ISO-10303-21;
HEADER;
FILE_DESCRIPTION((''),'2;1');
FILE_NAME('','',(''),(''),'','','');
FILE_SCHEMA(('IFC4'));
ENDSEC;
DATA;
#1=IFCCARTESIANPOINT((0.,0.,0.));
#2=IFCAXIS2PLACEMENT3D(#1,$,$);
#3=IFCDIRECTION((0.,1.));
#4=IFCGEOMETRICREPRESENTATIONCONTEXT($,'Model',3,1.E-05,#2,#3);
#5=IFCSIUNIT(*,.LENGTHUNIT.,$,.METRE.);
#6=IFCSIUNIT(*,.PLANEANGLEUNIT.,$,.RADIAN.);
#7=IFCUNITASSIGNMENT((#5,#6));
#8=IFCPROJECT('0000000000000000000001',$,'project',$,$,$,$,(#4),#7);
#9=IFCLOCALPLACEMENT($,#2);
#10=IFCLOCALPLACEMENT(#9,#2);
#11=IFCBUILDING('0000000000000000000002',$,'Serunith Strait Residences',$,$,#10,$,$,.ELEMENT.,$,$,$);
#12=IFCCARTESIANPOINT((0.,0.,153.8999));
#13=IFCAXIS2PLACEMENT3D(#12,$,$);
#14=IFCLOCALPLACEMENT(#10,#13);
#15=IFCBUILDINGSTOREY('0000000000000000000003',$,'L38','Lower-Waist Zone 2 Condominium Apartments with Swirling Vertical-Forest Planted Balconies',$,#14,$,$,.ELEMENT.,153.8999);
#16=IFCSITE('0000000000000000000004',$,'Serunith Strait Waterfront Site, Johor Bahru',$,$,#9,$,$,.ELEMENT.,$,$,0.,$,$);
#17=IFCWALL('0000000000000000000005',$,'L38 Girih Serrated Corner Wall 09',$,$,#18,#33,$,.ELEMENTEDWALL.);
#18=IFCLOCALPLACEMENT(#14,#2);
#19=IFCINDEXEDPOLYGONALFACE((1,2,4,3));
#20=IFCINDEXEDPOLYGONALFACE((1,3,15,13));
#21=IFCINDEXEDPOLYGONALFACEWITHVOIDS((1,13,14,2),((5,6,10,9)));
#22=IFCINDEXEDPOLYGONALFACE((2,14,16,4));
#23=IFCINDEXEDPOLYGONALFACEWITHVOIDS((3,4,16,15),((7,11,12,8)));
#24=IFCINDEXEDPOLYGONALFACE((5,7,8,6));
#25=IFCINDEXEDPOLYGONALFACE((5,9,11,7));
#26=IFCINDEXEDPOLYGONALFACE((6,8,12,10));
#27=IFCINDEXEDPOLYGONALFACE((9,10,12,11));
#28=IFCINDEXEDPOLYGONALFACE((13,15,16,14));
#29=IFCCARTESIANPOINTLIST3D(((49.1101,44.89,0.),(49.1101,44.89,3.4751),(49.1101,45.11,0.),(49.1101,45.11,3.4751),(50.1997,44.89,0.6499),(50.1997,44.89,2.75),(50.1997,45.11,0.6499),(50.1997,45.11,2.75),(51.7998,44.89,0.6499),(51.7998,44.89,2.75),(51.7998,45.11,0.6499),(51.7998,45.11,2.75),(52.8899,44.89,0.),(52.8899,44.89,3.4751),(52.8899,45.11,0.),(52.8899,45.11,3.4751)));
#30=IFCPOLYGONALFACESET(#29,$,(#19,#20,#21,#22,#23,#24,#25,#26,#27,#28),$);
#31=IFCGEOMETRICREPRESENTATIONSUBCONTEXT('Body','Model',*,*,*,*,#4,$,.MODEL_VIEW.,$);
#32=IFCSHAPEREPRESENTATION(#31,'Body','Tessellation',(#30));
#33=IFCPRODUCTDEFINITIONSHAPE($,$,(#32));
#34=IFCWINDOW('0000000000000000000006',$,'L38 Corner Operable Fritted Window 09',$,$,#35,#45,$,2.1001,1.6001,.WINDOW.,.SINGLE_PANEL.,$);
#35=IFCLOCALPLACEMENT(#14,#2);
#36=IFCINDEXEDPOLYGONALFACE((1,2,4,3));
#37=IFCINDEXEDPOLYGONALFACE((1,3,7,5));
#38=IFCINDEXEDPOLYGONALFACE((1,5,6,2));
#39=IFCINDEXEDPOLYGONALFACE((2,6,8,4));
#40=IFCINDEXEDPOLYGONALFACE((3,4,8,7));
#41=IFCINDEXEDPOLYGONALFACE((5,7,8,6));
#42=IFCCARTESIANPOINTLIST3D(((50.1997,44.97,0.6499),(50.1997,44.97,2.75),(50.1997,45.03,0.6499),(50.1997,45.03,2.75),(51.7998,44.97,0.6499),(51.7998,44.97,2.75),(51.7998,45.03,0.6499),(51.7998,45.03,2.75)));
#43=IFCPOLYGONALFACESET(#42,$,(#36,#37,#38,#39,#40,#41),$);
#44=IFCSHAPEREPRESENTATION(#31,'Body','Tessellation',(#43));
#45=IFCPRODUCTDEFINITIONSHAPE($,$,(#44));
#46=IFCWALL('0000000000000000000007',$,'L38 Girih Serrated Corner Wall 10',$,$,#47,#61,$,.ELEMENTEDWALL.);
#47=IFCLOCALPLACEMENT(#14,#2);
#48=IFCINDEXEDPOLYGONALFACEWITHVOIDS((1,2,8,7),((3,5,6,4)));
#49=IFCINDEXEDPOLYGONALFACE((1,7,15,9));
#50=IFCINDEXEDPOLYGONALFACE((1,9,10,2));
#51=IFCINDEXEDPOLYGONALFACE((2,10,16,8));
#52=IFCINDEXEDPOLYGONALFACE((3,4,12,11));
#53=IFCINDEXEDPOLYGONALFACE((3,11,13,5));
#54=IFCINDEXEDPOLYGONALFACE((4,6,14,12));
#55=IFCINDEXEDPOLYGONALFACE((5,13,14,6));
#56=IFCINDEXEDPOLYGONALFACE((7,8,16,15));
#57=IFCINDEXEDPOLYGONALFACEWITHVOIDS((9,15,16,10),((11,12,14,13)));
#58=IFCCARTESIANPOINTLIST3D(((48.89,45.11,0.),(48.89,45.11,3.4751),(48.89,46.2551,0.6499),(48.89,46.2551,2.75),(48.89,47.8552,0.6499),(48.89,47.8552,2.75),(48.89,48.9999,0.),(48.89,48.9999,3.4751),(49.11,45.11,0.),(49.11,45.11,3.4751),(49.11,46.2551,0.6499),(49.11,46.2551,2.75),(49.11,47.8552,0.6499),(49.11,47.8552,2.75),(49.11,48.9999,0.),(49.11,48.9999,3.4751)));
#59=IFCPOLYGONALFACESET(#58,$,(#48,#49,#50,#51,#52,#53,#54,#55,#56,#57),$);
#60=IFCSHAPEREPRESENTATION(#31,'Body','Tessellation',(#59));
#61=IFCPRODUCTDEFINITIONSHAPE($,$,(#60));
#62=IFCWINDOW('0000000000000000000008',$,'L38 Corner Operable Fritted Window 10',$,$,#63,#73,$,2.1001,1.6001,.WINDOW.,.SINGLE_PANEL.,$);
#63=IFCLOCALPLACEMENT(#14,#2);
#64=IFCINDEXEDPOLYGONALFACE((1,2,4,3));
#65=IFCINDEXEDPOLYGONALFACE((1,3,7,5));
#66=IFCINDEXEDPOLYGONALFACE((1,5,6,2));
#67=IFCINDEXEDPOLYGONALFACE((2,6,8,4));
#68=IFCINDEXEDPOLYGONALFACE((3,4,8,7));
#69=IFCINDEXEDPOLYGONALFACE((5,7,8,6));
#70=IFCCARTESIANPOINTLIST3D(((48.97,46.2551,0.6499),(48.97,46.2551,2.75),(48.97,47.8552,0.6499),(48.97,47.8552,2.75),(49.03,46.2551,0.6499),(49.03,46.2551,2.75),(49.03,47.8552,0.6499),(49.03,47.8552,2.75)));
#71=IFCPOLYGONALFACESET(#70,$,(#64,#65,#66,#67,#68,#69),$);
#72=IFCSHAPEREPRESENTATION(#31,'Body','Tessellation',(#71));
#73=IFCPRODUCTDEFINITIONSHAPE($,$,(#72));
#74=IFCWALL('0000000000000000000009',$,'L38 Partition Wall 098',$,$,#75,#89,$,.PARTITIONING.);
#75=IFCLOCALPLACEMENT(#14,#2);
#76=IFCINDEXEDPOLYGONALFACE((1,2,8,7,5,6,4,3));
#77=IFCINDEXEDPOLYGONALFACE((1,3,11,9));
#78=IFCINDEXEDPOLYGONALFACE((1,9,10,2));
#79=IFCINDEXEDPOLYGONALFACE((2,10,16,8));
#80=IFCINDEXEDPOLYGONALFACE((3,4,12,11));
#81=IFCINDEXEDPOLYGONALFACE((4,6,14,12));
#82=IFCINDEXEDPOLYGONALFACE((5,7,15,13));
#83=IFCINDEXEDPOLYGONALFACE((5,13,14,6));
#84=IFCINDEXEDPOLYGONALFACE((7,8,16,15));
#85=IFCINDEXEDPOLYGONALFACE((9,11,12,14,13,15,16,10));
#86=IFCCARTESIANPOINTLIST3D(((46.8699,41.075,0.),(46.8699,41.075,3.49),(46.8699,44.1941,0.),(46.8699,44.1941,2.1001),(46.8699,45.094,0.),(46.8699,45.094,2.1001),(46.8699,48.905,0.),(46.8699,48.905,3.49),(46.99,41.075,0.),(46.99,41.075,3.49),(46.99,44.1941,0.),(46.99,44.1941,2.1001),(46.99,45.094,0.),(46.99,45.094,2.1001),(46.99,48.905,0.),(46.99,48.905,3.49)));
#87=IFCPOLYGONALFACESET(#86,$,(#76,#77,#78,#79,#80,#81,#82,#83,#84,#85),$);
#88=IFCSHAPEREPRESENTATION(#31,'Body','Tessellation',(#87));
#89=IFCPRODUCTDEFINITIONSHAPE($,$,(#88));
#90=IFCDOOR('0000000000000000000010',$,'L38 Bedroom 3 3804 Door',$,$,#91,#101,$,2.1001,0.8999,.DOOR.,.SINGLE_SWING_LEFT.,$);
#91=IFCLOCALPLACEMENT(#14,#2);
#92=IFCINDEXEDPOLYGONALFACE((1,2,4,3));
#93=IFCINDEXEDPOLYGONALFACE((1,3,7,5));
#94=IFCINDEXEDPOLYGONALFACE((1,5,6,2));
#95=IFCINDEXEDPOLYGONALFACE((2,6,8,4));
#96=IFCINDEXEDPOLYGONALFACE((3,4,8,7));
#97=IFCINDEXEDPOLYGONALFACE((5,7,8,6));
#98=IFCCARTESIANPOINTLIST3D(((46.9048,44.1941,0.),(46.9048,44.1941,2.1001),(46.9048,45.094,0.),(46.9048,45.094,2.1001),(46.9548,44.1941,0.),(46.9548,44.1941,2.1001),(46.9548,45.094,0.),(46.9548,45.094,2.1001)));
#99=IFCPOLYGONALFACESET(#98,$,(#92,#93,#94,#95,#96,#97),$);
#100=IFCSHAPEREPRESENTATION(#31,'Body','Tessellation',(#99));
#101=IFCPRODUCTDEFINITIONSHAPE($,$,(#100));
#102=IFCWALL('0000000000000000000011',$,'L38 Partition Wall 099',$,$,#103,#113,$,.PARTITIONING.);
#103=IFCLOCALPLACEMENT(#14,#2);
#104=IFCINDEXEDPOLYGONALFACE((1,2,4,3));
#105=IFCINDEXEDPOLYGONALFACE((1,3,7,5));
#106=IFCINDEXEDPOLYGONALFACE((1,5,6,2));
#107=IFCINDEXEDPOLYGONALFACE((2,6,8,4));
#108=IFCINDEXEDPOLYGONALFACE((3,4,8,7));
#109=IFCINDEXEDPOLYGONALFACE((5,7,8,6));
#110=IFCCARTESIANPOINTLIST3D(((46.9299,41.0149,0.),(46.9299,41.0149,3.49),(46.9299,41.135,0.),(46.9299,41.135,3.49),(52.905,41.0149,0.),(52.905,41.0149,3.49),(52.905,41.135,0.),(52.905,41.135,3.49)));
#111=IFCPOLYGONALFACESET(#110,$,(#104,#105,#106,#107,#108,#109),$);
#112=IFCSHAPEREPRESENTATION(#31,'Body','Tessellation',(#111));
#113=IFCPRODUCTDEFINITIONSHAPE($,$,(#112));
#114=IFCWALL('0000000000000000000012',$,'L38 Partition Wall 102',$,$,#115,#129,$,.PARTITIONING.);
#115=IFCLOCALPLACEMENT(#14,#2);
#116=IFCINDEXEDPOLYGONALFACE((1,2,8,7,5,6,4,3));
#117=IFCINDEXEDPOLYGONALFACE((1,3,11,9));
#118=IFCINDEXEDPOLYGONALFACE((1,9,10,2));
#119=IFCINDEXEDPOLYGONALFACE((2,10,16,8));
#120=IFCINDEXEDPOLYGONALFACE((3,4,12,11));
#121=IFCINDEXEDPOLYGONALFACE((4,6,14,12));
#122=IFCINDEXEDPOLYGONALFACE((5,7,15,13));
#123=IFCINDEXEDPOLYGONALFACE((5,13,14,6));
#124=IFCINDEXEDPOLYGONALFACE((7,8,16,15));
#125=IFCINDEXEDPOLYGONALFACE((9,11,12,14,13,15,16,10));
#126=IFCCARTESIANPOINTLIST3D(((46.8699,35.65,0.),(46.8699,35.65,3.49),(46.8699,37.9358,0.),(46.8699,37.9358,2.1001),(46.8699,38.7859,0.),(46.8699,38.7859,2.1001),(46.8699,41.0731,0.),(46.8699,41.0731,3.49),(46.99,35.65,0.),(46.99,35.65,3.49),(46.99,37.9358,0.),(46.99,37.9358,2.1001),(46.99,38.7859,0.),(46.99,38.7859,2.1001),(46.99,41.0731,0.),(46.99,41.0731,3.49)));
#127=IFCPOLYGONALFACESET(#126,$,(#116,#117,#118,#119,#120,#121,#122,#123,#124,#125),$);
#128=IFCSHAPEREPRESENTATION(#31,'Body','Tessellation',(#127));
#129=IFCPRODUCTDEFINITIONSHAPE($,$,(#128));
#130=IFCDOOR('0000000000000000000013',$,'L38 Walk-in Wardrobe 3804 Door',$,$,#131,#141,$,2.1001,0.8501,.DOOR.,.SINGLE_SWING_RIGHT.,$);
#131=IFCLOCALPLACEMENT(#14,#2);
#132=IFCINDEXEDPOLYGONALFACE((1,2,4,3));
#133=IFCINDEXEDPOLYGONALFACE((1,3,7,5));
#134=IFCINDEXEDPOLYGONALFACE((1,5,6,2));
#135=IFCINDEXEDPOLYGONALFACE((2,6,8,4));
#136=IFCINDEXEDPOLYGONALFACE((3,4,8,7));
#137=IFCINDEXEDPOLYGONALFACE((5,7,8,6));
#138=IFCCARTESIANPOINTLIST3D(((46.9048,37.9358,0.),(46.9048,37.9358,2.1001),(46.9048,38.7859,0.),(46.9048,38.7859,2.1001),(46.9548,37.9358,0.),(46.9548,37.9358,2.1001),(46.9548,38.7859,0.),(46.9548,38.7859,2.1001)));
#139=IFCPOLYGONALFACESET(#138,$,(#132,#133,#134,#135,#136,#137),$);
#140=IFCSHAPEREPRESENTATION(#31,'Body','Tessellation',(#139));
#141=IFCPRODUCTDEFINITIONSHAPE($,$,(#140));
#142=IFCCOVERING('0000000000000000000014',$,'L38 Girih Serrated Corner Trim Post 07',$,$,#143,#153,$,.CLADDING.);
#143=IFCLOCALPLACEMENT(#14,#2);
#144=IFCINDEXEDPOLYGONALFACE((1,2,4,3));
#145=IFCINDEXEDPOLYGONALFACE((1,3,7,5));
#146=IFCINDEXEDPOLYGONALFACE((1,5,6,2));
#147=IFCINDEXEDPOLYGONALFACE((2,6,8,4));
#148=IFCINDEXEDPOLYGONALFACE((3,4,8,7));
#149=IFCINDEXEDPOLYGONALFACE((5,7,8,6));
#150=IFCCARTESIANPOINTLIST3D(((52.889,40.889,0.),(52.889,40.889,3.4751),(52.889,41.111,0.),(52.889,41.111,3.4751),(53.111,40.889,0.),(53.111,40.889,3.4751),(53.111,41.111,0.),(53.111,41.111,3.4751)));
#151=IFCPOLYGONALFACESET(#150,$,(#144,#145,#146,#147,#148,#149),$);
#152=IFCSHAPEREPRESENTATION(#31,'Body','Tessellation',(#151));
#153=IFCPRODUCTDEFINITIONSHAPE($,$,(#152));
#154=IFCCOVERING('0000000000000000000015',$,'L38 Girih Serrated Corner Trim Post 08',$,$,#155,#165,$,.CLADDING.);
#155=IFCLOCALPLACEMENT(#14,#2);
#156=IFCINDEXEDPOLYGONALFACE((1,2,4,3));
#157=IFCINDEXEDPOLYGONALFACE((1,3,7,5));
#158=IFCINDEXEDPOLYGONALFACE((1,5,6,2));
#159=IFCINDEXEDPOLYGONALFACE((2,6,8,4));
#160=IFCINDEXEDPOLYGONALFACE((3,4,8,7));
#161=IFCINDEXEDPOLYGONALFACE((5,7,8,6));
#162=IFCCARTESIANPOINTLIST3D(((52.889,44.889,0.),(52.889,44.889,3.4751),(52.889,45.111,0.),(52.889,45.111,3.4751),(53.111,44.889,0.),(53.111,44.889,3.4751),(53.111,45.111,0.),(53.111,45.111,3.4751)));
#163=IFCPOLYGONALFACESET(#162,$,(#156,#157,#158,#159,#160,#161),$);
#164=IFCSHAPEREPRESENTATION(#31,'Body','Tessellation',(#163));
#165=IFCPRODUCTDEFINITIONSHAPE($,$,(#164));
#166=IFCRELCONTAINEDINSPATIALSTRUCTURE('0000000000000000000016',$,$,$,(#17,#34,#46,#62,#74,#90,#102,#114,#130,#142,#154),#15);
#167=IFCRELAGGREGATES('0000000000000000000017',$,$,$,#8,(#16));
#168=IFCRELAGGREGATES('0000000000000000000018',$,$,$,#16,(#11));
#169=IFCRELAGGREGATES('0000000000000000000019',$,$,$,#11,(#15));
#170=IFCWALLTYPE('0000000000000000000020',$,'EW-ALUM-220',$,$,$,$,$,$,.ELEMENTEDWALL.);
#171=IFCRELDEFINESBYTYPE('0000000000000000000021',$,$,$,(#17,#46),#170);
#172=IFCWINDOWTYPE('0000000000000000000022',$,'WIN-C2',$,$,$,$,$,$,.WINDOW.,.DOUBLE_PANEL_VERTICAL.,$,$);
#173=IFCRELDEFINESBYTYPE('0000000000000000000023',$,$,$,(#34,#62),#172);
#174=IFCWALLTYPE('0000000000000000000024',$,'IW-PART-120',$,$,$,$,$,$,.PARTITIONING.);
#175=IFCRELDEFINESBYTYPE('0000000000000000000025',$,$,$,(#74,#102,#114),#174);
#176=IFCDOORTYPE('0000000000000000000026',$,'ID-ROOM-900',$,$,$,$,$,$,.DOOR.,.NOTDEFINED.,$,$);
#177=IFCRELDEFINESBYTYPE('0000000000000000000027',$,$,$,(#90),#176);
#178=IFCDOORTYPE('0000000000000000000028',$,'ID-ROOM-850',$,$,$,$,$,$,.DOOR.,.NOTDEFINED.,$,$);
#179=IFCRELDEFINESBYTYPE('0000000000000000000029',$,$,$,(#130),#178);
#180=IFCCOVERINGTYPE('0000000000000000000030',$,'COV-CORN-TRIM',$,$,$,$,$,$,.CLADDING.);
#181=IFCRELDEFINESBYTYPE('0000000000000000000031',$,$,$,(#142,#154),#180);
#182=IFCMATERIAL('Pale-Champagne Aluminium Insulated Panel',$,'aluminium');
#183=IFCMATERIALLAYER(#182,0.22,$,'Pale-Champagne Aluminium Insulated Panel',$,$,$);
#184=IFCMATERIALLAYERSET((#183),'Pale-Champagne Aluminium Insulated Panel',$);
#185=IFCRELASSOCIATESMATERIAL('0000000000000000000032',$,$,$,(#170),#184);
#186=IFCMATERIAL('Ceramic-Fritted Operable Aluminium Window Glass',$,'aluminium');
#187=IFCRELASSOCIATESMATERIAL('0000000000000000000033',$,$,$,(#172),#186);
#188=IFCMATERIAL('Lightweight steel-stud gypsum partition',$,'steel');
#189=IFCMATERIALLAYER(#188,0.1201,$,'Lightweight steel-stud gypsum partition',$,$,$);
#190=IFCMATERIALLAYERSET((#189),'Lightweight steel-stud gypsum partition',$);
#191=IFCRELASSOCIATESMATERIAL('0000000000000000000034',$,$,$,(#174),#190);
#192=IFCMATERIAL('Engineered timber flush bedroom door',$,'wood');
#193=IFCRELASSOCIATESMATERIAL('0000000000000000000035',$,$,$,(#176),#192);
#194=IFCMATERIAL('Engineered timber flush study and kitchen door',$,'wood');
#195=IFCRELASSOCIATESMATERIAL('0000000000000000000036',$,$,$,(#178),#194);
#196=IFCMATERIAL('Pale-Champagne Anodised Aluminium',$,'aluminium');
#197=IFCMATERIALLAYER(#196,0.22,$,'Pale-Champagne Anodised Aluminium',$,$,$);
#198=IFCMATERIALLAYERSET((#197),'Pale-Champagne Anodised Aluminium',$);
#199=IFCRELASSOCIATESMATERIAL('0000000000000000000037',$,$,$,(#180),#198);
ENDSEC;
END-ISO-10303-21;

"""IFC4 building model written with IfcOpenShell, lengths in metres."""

from ifc_helpers import new_model, si_unit, direction, frame, frame_2d, origin, origin_2d, place, context, subcontext, project, spatial, rectangle, extrude, source, transform, mapped, material, layer, layer_set, type_object, element, fill, save


model = new_model("IFC4")

# Units and contexts
model_context = context("Model", 3, precision=1e-05, world=origin(), true_north=direction((0.0, 1.0)))
body_context = subcontext(model_context, "Body", "Model", "MODEL_VIEW")
ifc_project = project(units=[si_unit("LENGTHUNIT", "METRE"), si_unit("PLANEANGLEUNIT", "RADIAN")], contexts=[model_context])

# Site, building, storey
site_placement = place(None, origin())
site = spatial("IfcSite", under=ifc_project, at=site_placement, Name="Serunith Strait Waterfront Site, Johor Bahru", CompositionType="ELEMENT", RefElevation=0.0)
building_placement = place(site_placement, origin())
building = spatial("IfcBuilding", under=site, at=building_placement, Name="Serunith Strait Residences", CompositionType="ELEMENT")
storey_placement = place(building_placement, frame((0.0, 0.0, 153.8999)))
storey = spatial("IfcBuildingStorey", under=building, at=storey_placement, Name="L38", Description="Lower-Waist Zone 2 Condominium Apartments with Swirling Vertical-Forest Planted Balconies", CompositionType="ELEMENT", Elevation=153.8999)

# Shared definitions
ifc_material_1 = material(Name="Pale-Champagne Anodised Aluminium", Category="aluminium")

# Walls, openings, windows
ifc_material_2 = material(Name="Pale-Champagne Aluminium Insulated Panel", Category="aluminium")
ifc_layer_1 = layer(ifc_material_2, 0.22, Name="Pale-Champagne Aluminium Insulated Panel")
ifc_layer_set_1 = layer_set([ifc_layer_1], Name="Pale-Champagne Aluminium Insulated Panel")
wall_type_1 = type_object("IfcWallType", Name="EW-ALUM-220", PredefinedType="ELEMENTEDWALL", material=ifc_layer_set_1)
ifc_material_3 = material(Name="Ceramic-Fritted Operable Aluminium Window Glass", Category="aluminium")
window_type = type_object("IfcWindowType", Name="WIN-C2", PartitioningType="DOUBLE_PANEL_VERTICAL", PredefinedType="WINDOW", material=ifc_material_3)
shared_shape_1 = source(origin(), body_context, "Body", "SweptSolid", [
    extrude(rectangle(XDim=1.6001, YDim=2.1001, at=frame_2d((0.8, 1.05))), frame((0.0, 0.03, 0.0), z_axis=(0.0, -1.0, 0.0), x_axis=(1.0, 0.0, 0.0)), (0.0, 0.0, 1.0), 0.0601),
])
wall_1_placement = place(storey_placement, frame((52.8899, 45.0, 0.0), z_axis=(0.0, 0.0, 1.0), x_axis=(-1.0, 0.0, 0.0)))
wall_1 = element("IfcWall", 1, at=wall_1_placement, inside=storey, type_object=wall_type_1, Name="L38 Girih Serrated Corner Wall 09", PredefinedType="ELEMENTEDWALL", context=body_context, shape_type="SweptSolid", body=[
    extrude(rectangle(XDim=3.7798, YDim=0.22, at=frame_2d((1.8899, 0.0))), origin(), (0.0, 0.0, 1.0), 3.4751),
])
opening_1_placement = place(wall_1_placement, frame((1.0901, 0.0, 0.6499)))
opening_1 = element("IfcOpeningElement", 2, at=opening_1_placement, cuts=wall_1, PredefinedType="OPENING", context=body_context, shape_type="SweptSolid", body=[
    extrude(rectangle(XDim=1.6001, YDim=2.1001, at=frame_2d((0.8, 1.05))), frame((0.0, 0.1201, 0.0), z_axis=(0.0, -1.0, 0.0), x_axis=(1.0, 0.0, 0.0)), (0.0, 0.0, 1.0), 0.24),
])
window_1_placement = place(opening_1_placement, origin())
window_1 = element("IfcWindow", 3, at=window_1_placement, inside=storey, type_object=window_type, Name="L38 Corner Operable Fritted Window 09", OverallHeight=2.1001, OverallWidth=1.6001, PartitioningType="SINGLE_PANEL", PredefinedType="WINDOW", context=body_context, shape_type="MappedRepresentation", body=[
    mapped(shared_shape_1, transform((0.0, 0.0, 0.0), scale=1.0)),
])
fill(opening_1, window_1)
wall_2_placement = place(storey_placement, frame((49.0, 45.1101, 0.0), z_axis=(0.0, 0.0, 1.0), x_axis=(0.0, 1.0, 0.0)))
wall_2 = element("IfcWall", 4, at=wall_2_placement, inside=storey, type_object=wall_type_1, Name="L38 Girih Serrated Corner Wall 10", PredefinedType="ELEMENTEDWALL", context=body_context, shape_type="SweptSolid", body=[
    extrude(rectangle(XDim=3.8899, YDim=0.22, at=frame_2d((1.9448, 0.0))), origin(), (0.0, 0.0, 1.0), 3.4751),
])
opening_2_placement = place(wall_2_placement, frame((1.145, 0.0, 0.6499)))
opening_2 = element("IfcOpeningElement", 5, at=opening_2_placement, cuts=wall_2, PredefinedType="OPENING", context=body_context, shape_type="SweptSolid", body=[
    extrude(rectangle(XDim=1.6001, YDim=2.1001, at=frame_2d((0.8, 1.05))), frame((0.0, 0.1201, 0.0), z_axis=(0.0, -1.0, 0.0), x_axis=(1.0, 0.0, 0.0)), (0.0, 0.0, 1.0), 0.24),
])
window_2_placement = place(opening_2_placement, origin())
window_2 = element("IfcWindow", 6, at=window_2_placement, inside=storey, type_object=window_type, Name="L38 Corner Operable Fritted Window 10", OverallHeight=2.1001, OverallWidth=1.6001, PartitioningType="SINGLE_PANEL", PredefinedType="WINDOW", context=body_context, shape_type="MappedRepresentation", body=[
    mapped(shared_shape_1, transform((0.0, 0.0, 0.0), scale=1.0)),
])
fill(opening_2, window_2)

# Wall, opening, door
ifc_material_4 = material(Name="Lightweight steel-stud gypsum partition", Category="steel")
ifc_layer_2 = layer(ifc_material_4, 0.1201, Name="Lightweight steel-stud gypsum partition")
ifc_layer_set_2 = layer_set([ifc_layer_2], Name="Lightweight steel-stud gypsum partition")
wall_type_2 = type_object("IfcWallType", Name="IW-PART-120", PredefinedType="PARTITIONING", material=ifc_layer_set_2)
wall_3_placement = place(storey_placement, frame((46.9299, 48.905, 0.0), z_axis=(0.0, 0.0, 1.0), x_axis=(0.0, -1.0, 0.0)))
wall_3 = element("IfcWall", 7, at=wall_3_placement, inside=storey, type_object=wall_type_2, Name="L38 Partition Wall 098", PredefinedType="PARTITIONING", context=body_context, shape_type="SweptSolid", body=[
    extrude(rectangle(XDim=7.8301, YDim=0.1201, at=frame_2d((3.915, 0.0))), origin(), (0.0, 0.0, 1.0), 3.49),
])
opening_3_placement = place(wall_3_placement, frame((3.811, 0.0, 0.0)))
opening_3 = element("IfcOpeningElement", 8, at=opening_3_placement, cuts=wall_3, PredefinedType="OPENING", context=body_context, shape_type="SweptSolid", body=[
    extrude(rectangle(XDim=0.8999, YDim=2.1001, at=frame_2d((0.45, 1.05))), frame((0.0, 0.0701, 0.0), z_axis=(0.0, -1.0, 0.0), x_axis=(1.0, 0.0, 0.0)), (0.0, 0.0, 1.0), 0.1401),
])
ifc_material_5 = material(Name="Engineered timber flush bedroom door", Category="wood")
door_type_1 = type_object("IfcDoorType", Name="ID-ROOM-900", OperationType="NOTDEFINED", PredefinedType="DOOR", material=ifc_material_5)
shared_shape_2 = source(origin(), body_context, "Body", "SweptSolid", [
    extrude(rectangle(XDim=0.8999, YDim=2.1001, at=frame_2d((0.45, 1.05))), frame((0.0, 0.0249, 0.0), z_axis=(0.0, -1.0, 0.0), x_axis=(1.0, 0.0, 0.0)), (0.0, 0.0, 1.0), 0.05),
])
door_1_placement = place(opening_3_placement, origin())
door_1 = element("IfcDoor", 9, at=door_1_placement, inside=storey, type_object=door_type_1, Name="L38 Bedroom 3 3804 Door", OperationType="SINGLE_SWING_LEFT", OverallHeight=2.1001, OverallWidth=0.8999, PredefinedType="DOOR", context=body_context, shape_type="MappedRepresentation", body=[
    mapped(shared_shape_2, transform((0.0, 0.0, 0.0), scale=1.0)),
])
fill(opening_3, door_1)

# Wall
wall_4_placement = place(storey_placement, frame((46.9299, 41.075, 0.0), z_axis=(0.0, 0.0, 1.0), x_axis=(1.0, 0.0, 0.0)))
element("IfcWall", 10, at=wall_4_placement, inside=storey, type_object=wall_type_2, Name="L38 Partition Wall 099", PredefinedType="PARTITIONING", context=body_context, shape_type="SweptSolid", body=[
    extrude(rectangle(XDim=5.9751, YDim=0.1201, at=frame_2d((2.9875, 0.0))), origin(), (0.0, 0.0, 1.0), 3.49),
])

# Wall, opening, door
wall_5_placement = place(storey_placement, frame((46.9299, 41.073, 0.0), z_axis=(0.0, 0.0, 1.0), x_axis=(0.0, -1.0, 0.0)))
wall_5 = element("IfcWall", 11, at=wall_5_placement, inside=storey, type_object=wall_type_2, Name="L38 Partition Wall 102", PredefinedType="PARTITIONING", context=body_context, shape_type="SweptSolid", body=[
    extrude(rectangle(XDim=5.4231, YDim=0.1201, at=frame_2d((2.7114, 0.0))), origin(), (0.0, 0.0, 1.0), 3.49),
])
opening_4_placement = place(wall_5_placement, frame((2.2871, 0.0, 0.0)))
opening_4 = element("IfcOpeningElement", 12, at=opening_4_placement, cuts=wall_5, PredefinedType="OPENING", context=body_context, shape_type="SweptSolid", body=[
    extrude(rectangle(XDim=0.8501, YDim=2.1001, at=frame_2d((0.425, 1.05))), frame((0.0, 0.0701, 0.0), z_axis=(0.0, -1.0, 0.0), x_axis=(1.0, 0.0, 0.0)), (0.0, 0.0, 1.0), 0.1401),
])
ifc_material_6 = material(Name="Engineered timber flush study and kitchen door", Category="wood")
door_type_2 = type_object("IfcDoorType", Name="ID-ROOM-850", OperationType="NOTDEFINED", PredefinedType="DOOR", material=ifc_material_6)
shared_shape_3 = source(origin(), body_context, "Body", "SweptSolid", [
    extrude(rectangle(XDim=0.8501, YDim=2.1001, at=frame_2d((0.425, 1.05))), frame((0.0, 0.0249, 0.0), z_axis=(0.0, -1.0, 0.0), x_axis=(1.0, 0.0, 0.0)), (0.0, 0.0, 1.0), 0.05),
])
door_2_placement = place(opening_4_placement, origin())
door_2 = element("IfcDoor", 13, at=door_2_placement, inside=storey, type_object=door_type_2, Name="L38 Walk-in Wardrobe 3804 Door", OperationType="SINGLE_SWING_RIGHT", OverallHeight=2.1001, OverallWidth=0.8501, PredefinedType="DOOR", context=body_context, shape_type="MappedRepresentation", body=[
    mapped(shared_shape_3, transform((0.0, 0.0, 0.0), scale=1.0)),
])
fill(opening_4, door_2)

# Coverings
ifc_layer_3 = layer(ifc_material_1, 0.22, Name="Pale-Champagne Anodised Aluminium")
ifc_layer_set_3 = layer_set([ifc_layer_3], Name="Pale-Champagne Anodised Aluminium")
covering_type = type_object("IfcCoveringType", Name="COV-CORN-TRIM", PredefinedType="CLADDING", material=ifc_layer_set_3)
shared_shape_4 = source(origin(), body_context, "Body", "SweptSolid", [
    extrude(rectangle(XDim=0.2219, YDim=0.2219, at=origin_2d()), origin(), (0.0, 0.0, 1.0), 3.4751),
])
for number, where, z_axis, x_axis, name in (
    (14, (53.0, 41.0, 0.0), (0.0, 0.0, 1.0), (1.0, 0.0, 0.0), "L38 Girih Serrated Corner Trim Post 07"),
    (15, (53.0, 45.0, 0.0), (0.0, 0.0, 1.0), (1.0, 0.0, 0.0), "L38 Girih Serrated Corner Trim Post 08"),
):
    element("IfcCovering", number, at=place(storey_placement, frame(where, z_axis=z_axis, x_axis=x_axis)), inside=storey, type_object=covering_type, Name=name, PredefinedType="CLADDING", context=body_context, shape_type="MappedRepresentation", body=[
        mapped(shared_shape_4, transform((0.0, 0.0, 0.0), scale=1.0)),
    ])

save(model, "model.ifc")
